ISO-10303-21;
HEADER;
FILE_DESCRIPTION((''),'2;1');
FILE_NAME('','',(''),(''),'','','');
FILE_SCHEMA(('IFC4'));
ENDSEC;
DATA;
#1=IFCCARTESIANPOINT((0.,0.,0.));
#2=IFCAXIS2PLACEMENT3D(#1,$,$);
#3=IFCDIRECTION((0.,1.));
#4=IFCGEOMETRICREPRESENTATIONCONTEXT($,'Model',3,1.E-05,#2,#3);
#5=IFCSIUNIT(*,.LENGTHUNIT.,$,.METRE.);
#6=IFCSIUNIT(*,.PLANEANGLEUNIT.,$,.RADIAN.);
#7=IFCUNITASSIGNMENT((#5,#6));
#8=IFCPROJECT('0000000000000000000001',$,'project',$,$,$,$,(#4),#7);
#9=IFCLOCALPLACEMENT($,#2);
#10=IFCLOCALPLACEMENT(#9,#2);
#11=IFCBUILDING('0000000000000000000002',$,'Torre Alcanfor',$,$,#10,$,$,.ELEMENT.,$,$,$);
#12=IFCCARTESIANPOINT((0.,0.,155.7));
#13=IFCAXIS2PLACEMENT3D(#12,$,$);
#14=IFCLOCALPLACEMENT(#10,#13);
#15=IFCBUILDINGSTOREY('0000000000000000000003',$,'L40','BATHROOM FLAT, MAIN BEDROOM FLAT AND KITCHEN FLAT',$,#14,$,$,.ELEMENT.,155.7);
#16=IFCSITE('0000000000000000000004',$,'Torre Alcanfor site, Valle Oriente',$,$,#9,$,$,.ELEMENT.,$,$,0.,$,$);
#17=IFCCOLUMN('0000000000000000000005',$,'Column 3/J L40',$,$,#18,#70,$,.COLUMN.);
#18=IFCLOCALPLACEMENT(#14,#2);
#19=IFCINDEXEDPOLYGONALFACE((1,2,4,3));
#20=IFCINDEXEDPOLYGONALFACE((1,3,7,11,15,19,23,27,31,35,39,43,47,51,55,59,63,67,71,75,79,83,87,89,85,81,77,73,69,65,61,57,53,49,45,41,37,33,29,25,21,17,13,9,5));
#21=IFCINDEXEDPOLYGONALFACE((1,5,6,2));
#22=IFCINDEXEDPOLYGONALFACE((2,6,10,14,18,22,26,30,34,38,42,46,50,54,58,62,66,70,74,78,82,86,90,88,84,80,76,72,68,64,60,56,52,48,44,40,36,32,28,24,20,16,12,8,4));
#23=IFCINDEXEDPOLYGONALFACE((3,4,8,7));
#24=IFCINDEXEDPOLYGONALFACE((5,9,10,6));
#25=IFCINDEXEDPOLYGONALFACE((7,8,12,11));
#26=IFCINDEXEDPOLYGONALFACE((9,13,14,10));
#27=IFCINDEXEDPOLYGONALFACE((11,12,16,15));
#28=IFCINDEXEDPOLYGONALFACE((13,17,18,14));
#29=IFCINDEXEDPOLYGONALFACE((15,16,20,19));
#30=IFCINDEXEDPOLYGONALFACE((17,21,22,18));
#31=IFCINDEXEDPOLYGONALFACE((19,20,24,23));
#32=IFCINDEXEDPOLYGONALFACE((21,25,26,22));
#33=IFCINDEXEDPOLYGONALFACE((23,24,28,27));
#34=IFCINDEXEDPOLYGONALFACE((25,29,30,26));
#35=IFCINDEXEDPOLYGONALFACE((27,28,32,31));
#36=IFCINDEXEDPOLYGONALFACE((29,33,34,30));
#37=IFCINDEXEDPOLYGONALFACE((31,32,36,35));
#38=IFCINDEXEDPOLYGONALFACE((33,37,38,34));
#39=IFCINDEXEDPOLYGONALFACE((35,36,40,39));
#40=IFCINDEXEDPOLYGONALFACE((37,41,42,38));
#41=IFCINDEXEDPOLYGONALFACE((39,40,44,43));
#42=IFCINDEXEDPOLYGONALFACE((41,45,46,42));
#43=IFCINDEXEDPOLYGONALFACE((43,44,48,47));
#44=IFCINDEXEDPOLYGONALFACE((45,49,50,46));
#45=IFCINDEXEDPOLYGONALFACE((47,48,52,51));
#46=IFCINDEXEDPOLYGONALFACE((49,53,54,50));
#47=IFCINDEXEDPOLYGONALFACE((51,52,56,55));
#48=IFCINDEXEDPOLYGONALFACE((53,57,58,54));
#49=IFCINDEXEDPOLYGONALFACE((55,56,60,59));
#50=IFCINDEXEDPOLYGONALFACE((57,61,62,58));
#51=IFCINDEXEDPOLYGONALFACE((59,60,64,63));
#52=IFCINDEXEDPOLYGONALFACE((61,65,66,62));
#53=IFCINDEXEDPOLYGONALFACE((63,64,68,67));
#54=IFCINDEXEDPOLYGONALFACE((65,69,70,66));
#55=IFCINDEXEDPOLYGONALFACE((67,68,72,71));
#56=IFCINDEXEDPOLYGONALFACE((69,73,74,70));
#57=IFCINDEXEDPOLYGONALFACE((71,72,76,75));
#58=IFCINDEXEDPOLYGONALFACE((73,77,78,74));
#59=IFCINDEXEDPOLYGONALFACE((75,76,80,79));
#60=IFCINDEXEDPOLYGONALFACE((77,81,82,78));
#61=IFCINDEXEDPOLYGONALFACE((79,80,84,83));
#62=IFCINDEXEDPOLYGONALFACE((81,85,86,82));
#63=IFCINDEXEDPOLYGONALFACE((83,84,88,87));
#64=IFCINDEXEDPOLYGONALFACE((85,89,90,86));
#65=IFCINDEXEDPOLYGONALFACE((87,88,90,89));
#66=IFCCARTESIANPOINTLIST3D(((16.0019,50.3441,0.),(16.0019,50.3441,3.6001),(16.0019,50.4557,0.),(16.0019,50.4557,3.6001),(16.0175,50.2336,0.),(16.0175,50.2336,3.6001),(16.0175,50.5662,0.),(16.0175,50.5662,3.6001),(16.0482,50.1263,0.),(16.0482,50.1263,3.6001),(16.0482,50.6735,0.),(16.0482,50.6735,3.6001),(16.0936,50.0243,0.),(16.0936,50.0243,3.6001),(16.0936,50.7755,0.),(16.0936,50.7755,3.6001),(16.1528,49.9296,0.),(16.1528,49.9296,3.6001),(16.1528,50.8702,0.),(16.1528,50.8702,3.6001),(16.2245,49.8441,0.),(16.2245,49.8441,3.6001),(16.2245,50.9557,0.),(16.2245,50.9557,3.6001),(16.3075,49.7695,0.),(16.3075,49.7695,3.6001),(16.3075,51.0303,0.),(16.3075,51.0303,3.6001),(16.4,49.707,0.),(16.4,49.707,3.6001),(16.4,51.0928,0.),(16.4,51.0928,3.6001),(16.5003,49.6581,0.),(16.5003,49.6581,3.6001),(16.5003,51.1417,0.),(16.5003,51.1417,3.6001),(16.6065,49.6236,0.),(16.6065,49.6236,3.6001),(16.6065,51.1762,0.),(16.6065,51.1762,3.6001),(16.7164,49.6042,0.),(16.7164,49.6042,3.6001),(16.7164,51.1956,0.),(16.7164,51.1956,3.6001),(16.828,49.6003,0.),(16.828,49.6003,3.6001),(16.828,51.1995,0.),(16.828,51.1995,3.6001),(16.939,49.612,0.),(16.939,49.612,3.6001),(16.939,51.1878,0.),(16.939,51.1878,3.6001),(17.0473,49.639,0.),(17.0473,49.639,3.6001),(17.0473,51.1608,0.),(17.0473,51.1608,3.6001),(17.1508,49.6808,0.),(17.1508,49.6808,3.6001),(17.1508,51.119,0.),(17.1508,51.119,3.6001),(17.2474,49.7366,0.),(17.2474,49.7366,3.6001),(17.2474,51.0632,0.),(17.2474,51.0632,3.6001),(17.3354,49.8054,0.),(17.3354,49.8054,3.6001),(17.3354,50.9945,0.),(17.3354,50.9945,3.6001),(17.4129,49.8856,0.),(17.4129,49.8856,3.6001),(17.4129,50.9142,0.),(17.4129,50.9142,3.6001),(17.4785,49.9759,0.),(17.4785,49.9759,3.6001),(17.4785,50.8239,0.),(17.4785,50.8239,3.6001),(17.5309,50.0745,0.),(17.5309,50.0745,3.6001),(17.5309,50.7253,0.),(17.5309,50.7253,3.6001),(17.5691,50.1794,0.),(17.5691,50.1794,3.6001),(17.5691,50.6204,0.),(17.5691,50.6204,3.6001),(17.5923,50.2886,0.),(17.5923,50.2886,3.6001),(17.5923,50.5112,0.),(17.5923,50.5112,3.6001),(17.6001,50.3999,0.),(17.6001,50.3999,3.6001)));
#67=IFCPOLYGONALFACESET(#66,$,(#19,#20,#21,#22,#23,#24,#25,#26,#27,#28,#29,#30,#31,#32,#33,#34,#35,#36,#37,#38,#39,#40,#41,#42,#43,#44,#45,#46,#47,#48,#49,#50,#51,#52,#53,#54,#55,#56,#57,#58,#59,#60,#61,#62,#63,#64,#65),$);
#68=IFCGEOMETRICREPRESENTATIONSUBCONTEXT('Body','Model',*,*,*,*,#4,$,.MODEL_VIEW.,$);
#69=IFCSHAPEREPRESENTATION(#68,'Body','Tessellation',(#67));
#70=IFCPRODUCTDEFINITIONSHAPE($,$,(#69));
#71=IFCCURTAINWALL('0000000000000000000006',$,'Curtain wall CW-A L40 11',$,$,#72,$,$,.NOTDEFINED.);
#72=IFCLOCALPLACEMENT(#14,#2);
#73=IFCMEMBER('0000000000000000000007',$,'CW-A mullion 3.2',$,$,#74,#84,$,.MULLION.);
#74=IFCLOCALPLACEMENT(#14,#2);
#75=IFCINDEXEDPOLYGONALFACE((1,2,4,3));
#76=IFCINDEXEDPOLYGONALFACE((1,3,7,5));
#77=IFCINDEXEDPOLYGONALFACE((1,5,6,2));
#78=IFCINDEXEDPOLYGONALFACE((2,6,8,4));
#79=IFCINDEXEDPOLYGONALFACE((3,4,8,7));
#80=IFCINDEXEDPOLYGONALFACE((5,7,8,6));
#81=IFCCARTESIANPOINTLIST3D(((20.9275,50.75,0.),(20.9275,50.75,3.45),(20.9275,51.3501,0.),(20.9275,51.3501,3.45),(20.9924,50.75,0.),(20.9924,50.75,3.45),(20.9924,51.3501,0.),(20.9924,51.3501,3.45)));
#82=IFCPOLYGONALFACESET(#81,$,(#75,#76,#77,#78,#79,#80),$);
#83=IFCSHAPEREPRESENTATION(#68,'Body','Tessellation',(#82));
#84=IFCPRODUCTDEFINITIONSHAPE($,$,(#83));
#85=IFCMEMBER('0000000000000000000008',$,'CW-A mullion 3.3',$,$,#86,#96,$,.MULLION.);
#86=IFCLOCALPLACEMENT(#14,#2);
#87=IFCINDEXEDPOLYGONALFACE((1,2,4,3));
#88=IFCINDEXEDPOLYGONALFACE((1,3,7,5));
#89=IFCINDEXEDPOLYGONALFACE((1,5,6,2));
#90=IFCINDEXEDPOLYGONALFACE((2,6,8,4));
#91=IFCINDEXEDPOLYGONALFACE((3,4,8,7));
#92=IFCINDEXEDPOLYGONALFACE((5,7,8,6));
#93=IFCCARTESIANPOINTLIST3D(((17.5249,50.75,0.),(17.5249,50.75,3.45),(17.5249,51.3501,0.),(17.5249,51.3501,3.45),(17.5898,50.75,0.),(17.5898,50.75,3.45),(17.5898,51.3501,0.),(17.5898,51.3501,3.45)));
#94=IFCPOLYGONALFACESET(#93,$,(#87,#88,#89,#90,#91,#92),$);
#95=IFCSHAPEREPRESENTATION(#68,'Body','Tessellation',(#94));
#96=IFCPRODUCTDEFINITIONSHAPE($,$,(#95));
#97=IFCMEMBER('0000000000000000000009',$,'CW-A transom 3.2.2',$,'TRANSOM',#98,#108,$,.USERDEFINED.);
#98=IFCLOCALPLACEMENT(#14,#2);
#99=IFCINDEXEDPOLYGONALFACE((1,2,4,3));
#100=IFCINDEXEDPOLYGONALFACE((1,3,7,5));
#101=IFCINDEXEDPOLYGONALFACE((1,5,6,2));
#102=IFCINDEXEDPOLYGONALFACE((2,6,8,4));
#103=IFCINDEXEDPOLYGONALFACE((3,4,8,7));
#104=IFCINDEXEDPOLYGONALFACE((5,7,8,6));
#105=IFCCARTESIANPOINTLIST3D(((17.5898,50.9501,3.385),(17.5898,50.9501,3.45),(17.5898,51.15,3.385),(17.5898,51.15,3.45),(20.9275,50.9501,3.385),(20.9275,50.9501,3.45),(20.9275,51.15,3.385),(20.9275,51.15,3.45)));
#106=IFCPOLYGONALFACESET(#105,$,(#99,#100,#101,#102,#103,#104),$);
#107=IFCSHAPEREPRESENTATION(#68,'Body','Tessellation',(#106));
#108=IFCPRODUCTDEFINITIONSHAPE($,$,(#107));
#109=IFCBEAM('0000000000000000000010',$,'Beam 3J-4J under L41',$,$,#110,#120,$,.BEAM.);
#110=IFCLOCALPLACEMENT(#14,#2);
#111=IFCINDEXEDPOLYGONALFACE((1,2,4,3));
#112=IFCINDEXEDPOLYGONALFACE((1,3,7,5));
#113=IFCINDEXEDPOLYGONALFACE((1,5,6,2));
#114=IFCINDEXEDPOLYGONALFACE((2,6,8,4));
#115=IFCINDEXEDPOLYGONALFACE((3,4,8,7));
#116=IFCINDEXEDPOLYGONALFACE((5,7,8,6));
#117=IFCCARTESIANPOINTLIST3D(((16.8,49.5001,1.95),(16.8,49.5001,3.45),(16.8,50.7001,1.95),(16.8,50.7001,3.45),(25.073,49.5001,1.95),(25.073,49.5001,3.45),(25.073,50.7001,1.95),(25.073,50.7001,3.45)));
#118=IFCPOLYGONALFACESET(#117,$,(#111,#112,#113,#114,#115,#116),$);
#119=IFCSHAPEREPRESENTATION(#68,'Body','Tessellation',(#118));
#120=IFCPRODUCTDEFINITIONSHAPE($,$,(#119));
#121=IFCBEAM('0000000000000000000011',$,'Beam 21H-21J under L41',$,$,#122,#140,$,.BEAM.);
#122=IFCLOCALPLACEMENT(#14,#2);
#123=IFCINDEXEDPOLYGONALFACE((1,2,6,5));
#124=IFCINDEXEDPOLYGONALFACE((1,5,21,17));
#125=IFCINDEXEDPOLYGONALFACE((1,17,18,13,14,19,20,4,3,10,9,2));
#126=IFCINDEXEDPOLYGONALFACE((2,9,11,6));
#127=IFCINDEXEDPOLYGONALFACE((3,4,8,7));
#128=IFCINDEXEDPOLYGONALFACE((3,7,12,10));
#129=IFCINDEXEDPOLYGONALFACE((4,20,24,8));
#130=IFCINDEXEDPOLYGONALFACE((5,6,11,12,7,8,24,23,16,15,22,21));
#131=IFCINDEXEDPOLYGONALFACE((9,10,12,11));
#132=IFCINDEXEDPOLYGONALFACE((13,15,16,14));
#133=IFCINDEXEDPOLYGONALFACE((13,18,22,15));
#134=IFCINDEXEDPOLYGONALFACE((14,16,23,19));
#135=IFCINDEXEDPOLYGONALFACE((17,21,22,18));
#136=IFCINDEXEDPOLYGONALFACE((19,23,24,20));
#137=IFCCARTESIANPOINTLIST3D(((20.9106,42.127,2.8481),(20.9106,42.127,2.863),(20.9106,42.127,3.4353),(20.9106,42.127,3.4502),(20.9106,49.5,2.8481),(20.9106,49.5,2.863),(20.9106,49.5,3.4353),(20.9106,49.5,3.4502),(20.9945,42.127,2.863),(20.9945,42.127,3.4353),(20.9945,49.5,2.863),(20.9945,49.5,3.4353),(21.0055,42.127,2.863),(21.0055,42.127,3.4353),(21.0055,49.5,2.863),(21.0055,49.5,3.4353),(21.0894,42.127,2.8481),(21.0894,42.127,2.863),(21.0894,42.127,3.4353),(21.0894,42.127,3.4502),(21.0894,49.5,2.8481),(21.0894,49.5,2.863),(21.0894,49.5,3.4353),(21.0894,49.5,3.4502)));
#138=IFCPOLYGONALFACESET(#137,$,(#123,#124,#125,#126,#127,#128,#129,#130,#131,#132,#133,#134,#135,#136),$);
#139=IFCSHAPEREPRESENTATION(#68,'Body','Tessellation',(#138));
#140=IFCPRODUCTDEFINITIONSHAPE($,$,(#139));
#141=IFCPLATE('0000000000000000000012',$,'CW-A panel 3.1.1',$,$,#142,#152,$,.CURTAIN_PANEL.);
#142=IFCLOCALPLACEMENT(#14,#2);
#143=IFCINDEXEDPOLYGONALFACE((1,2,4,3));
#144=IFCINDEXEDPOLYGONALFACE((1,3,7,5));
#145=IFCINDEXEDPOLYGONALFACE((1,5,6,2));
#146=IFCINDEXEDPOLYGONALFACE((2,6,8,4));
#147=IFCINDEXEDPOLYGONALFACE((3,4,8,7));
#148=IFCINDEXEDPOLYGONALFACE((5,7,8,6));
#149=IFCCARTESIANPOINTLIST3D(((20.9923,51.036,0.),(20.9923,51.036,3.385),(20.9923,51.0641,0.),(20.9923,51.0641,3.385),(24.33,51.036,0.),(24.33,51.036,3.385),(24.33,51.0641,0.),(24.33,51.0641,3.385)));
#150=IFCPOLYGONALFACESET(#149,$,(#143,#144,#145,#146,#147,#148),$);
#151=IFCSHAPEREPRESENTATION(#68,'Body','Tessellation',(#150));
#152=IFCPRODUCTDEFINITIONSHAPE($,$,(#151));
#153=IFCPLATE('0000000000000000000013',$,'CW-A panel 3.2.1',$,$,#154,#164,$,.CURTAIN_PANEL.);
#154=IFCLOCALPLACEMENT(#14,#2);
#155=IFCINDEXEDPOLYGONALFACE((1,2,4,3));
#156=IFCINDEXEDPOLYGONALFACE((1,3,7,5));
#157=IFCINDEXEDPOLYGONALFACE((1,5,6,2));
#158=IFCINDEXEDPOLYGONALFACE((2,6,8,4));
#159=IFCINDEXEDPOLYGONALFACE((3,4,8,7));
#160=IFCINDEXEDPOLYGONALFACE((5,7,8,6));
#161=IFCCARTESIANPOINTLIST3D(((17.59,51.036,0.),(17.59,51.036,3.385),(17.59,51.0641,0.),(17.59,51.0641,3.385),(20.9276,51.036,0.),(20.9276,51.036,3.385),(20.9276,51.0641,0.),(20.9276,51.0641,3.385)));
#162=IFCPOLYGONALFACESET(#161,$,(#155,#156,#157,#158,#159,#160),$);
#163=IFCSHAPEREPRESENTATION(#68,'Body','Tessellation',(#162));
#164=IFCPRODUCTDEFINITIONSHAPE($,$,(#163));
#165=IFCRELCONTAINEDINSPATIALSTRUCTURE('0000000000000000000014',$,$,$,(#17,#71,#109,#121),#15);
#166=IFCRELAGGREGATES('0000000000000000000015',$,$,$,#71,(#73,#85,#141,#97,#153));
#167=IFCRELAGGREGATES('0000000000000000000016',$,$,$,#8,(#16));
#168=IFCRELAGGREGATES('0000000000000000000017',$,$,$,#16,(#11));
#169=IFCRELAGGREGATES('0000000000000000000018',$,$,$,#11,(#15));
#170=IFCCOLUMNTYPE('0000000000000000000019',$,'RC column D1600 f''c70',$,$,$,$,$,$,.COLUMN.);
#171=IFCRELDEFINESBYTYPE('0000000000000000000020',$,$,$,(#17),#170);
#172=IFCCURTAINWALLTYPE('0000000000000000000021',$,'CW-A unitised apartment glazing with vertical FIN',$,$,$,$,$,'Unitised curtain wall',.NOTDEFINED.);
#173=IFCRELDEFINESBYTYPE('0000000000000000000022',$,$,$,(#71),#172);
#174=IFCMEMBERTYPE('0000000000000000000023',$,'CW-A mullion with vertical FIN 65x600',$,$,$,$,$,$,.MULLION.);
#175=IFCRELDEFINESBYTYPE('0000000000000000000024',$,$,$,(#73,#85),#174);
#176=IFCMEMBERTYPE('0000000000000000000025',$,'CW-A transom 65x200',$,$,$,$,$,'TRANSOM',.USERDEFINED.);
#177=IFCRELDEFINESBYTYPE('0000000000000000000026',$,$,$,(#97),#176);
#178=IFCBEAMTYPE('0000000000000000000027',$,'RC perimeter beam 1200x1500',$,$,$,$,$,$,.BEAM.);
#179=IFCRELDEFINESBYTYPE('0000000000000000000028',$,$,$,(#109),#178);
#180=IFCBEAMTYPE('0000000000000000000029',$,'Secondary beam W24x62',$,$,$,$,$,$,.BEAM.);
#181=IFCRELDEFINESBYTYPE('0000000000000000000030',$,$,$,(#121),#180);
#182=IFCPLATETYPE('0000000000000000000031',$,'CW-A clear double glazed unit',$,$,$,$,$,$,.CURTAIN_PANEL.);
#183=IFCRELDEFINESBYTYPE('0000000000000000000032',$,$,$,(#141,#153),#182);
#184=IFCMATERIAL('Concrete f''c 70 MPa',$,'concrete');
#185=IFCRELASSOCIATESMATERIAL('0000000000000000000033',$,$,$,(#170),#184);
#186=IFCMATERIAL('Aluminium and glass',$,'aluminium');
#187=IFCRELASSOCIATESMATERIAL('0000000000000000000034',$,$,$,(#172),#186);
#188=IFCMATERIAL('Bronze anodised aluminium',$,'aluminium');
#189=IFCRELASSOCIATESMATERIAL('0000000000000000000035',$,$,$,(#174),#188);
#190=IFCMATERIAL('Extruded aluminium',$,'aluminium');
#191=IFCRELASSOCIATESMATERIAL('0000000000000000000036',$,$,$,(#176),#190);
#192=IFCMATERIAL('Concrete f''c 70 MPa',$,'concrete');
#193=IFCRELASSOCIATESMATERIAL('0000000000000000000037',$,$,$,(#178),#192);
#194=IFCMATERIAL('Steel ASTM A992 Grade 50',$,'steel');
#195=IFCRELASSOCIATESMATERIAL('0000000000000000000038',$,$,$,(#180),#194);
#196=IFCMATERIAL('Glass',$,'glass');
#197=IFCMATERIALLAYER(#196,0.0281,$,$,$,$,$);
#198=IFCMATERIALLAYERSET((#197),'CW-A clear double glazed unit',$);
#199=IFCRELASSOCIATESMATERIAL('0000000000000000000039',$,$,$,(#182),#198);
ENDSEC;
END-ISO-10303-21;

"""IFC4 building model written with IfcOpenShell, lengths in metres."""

from ifc_helpers import new_model, si_unit, direction, frame, origin, origin_2d, place, context, subcontext, project, spatial, rectangle, circle, i_section, extrude, material, layer, layer_set, material_profile, profile_set, type_object, element, aggregate, save


model = new_model("IFC4")

# Units and contexts
model_context = context("Model", 3, precision=1e-05, world=origin(), true_north=direction((0.0, 1.0)))
body_context = subcontext(model_context, "Body", "Model", "MODEL_VIEW")
ifc_project = project(units=[si_unit("LENGTHUNIT", "METRE"), si_unit("PLANEANGLEUNIT", "RADIAN")], contexts=[model_context])

# Site, building, storey
site_placement = place(None, origin())
site = spatial("IfcSite", under=ifc_project, at=site_placement, Name="Torre Alcanfor site, Valle Oriente", CompositionType="ELEMENT", RefElevation=0.0)
building_placement = place(site_placement, origin())
building = spatial("IfcBuilding", under=site, at=building_placement, Name="Torre Alcanfor", CompositionType="ELEMENT")
storey_placement = place(building_placement, frame((0.0, 0.0, 155.7)))
storey = spatial("IfcBuildingStorey", under=building, at=storey_placement, Name="L40", Description="BATHROOM FLAT, MAIN BEDROOM FLAT AND KITCHEN FLAT", CompositionType="ELEMENT", Elevation=155.7)

# Column
ifc_material_1 = material(Name="Concrete f'c 70 MPa", Category="concrete")
ifc_material_profile_1 = material_profile(ifc_material_1, circle(Radius=0.8, at=origin_2d()), Name="D1600")
ifc_profile_set_1 = profile_set([ifc_material_profile_1], Name="Concrete f'c 70 MPa")
column_type = type_object("IfcColumnType", Name="RC column D1600 f'c70", PredefinedType="COLUMN", material=ifc_profile_set_1)
column_placement = place(storey_placement, frame((16.8, 50.3999, 0.0), z_axis=(0.0, 0.0, 1.0), x_axis=(1.0, 0.0, 0.0)))
element("IfcColumn", 1, at=column_placement, inside=storey, type_object=column_type, Name="Column 3/J L40", PredefinedType="COLUMN", context=body_context, shape_type="SweptSolid", body=[
    extrude(circle(Radius=0.8, at=origin_2d()), origin(), (0.0, 0.0, 1.0), 3.6001),
])

# Curtain wall, members
ifc_material_2 = material(Name="Aluminium and glass", Category="aluminium")
curtain_wall_type = type_object("IfcCurtainWallType", Name="CW-A unitised apartment glazing with vertical FIN", ElementType="Unitised curtain wall", PredefinedType="NOTDEFINED", material=ifc_material_2)
curtain_wall_placement = place(storey_placement, origin())
curtain_wall = element("IfcCurtainWall", 2, at=curtain_wall_placement, inside=storey, type_object=curtain_wall_type, Name="Curtain wall CW-A L40 11", PredefinedType="NOTDEFINED")
ifc_material_3 = material(Name="Bronze anodised aluminium", Category="aluminium")
ifc_material_profile_2 = material_profile(ifc_material_3, rectangle(XDim=0.6001, YDim=0.0649, at=origin_2d()), Name="CW-A mullion 65x600")
ifc_profile_set_2 = profile_set([ifc_material_profile_2], Name="Bronze anodised aluminium")
member_type_1 = type_object("IfcMemberType", Name="CW-A mullion with vertical FIN 65x600", PredefinedType="MULLION", material=ifc_profile_set_2)
member_1_placement = place(storey_placement, frame((20.96, 51.05, 0.0), z_axis=(0.0, 0.0, 1.0), x_axis=(0.0, -1.0, 0.0)))
member_1 = element("IfcMember", 3, at=member_1_placement, type_object=member_type_1, Name="CW-A mullion 3.2", PredefinedType="MULLION", context=body_context, shape_type="SweptSolid", body=[
    extrude(rectangle(XDim=0.6001, YDim=0.0649, at=origin_2d()), origin(), (0.0, 0.0, 1.0), 3.45),
])
member_2_placement = place(storey_placement, frame((17.5574, 51.05, 0.0), z_axis=(0.0, 0.0, 1.0), x_axis=(0.0, -1.0, 0.0)))
member_2 = element("IfcMember", 4, at=member_2_placement, type_object=member_type_1, Name="CW-A mullion 3.3", PredefinedType="MULLION", context=body_context, shape_type="SweptSolid", body=[
    extrude(rectangle(XDim=0.6001, YDim=0.0649, at=origin_2d()), origin(), (0.0, 0.0, 1.0), 3.45),
])
ifc_material_4 = material(Name="Extruded aluminium", Category="aluminium")
ifc_material_profile_3 = material_profile(ifc_material_4, rectangle(XDim=0.2, YDim=0.0649, at=origin_2d()), Name="CW-A transom 200x65")
ifc_profile_set_3 = profile_set([ifc_material_profile_3], Name="Extruded aluminium")
member_type_2 = type_object("IfcMemberType", Name="CW-A transom 65x200", ElementType="TRANSOM", PredefinedType="USERDEFINED", material=ifc_profile_set_3)
member_3_placement = place(storey_placement, frame((20.9275, 51.05, 3.4175), z_axis=(-1.0, 0.0, 0.0), x_axis=(0.0, -1.0, 0.0)))
member_3 = element("IfcMember", 5, at=member_3_placement, type_object=member_type_2, Name="CW-A transom 3.2.2", ObjectType="TRANSOM", PredefinedType="USERDEFINED", context=body_context, shape_type="SweptSolid", body=[
    extrude(rectangle(XDim=0.2, YDim=0.0649, at=origin_2d()), origin(), (0.0, 0.0, 1.0), 3.3376),
])

# Beams
ifc_material_5 = material(Name="Concrete f'c 70 MPa", Category="concrete")
ifc_material_profile_4 = material_profile(ifc_material_5, rectangle(XDim=1.2, YDim=1.5, at=origin_2d()), Name="1200x1500")
ifc_profile_set_4 = profile_set([ifc_material_profile_4], Name="Concrete f'c 70 MPa")
beam_type_1 = type_object("IfcBeamType", Name="RC perimeter beam 1200x1500", PredefinedType="BEAM", material=ifc_profile_set_4)
beam_1_placement = place(storey_placement, frame((16.8, 50.1001, 2.7), z_axis=(1.0, 0.0, 0.0), x_axis=(0.0, 1.0, 0.0)))
element("IfcBeam", 6, at=beam_1_placement, inside=storey, type_object=beam_type_1, Name="Beam 3J-4J under L41", PredefinedType="BEAM", context=body_context, shape_type="SweptSolid", body=[
    extrude(rectangle(XDim=1.2, YDim=1.5, at=origin_2d()), origin(), (0.0, 0.0, 1.0), 8.2729),
])
ifc_material_6 = material(Name="Steel ASTM A992 Grade 50", Category="steel")
ifc_material_profile_5 = material_profile(ifc_material_6, i_section(OverallWidth=0.1787, OverallDepth=0.6021, WebThickness=0.011, FlangeThickness=0.0149, at=origin_2d()), Name="W24x62")
ifc_profile_set_5 = profile_set([ifc_material_profile_5], Name="Steel ASTM A992 Grade 50")
beam_type_2 = type_object("IfcBeamType", Name="Secondary beam W24x62", PredefinedType="BEAM", material=ifc_profile_set_5)
beam_2_placement = place(storey_placement, frame((21.0, 42.127, 3.1492), z_axis=(0.0, 1.0, 0.0), x_axis=(-1.0, 0.0, 0.0)))
element("IfcBeam", 7, at=beam_2_placement, inside=storey, type_object=beam_type_2, Name="Beam 21H-21J under L41", PredefinedType="BEAM", context=body_context, shape_type="SweptSolid", body=[
    extrude(i_section(OverallWidth=0.1787, OverallDepth=0.6021, WebThickness=0.011, FlangeThickness=0.0149, at=origin_2d()), origin(), (0.0, 0.0, 1.0), 7.373),
])

# Plates
ifc_material_7 = material(Name="Glass", Category="glass")
ifc_layer_1 = layer(ifc_material_7, 0.0281)
ifc_layer_set_1 = layer_set([ifc_layer_1], Name="CW-A clear double glazed unit")
plate_type = type_object("IfcPlateType", Name="CW-A clear double glazed unit", PredefinedType="CURTAIN_PANEL", material=ifc_layer_set_1)
plate_1_placement = place(storey_placement, frame((22.6611, 51.05, 0.0), z_axis=(0.0, 0.0, 1.0), x_axis=(-1.0, 0.0, 0.0)))
plate_1 = element("IfcPlate", 8, at=plate_1_placement, type_object=plate_type, Name="CW-A panel 3.1.1", PredefinedType="CURTAIN_PANEL", context=body_context, shape_type="SweptSolid", body=[
    extrude(rectangle(XDim=3.3376, YDim=0.0281, at=origin_2d()), origin(), (0.0, 0.0, 1.0), 3.385),
])
plate_2_placement = place(storey_placement, frame((19.2588, 51.05, 0.0), z_axis=(0.0, 0.0, 1.0), x_axis=(-1.0, 0.0, 0.0)))
plate_2 = element("IfcPlate", 9, at=plate_2_placement, type_object=plate_type, Name="CW-A panel 3.2.1", PredefinedType="CURTAIN_PANEL", context=body_context, shape_type="SweptSolid", body=[
    extrude(rectangle(XDim=3.3376, YDim=0.0281, at=origin_2d()), origin(), (0.0, 0.0, 1.0), 3.385),
])
aggregate(curtain_wall, [member_1, member_2, plate_1, member_3, plate_2])

save(model, "model.ifc")
